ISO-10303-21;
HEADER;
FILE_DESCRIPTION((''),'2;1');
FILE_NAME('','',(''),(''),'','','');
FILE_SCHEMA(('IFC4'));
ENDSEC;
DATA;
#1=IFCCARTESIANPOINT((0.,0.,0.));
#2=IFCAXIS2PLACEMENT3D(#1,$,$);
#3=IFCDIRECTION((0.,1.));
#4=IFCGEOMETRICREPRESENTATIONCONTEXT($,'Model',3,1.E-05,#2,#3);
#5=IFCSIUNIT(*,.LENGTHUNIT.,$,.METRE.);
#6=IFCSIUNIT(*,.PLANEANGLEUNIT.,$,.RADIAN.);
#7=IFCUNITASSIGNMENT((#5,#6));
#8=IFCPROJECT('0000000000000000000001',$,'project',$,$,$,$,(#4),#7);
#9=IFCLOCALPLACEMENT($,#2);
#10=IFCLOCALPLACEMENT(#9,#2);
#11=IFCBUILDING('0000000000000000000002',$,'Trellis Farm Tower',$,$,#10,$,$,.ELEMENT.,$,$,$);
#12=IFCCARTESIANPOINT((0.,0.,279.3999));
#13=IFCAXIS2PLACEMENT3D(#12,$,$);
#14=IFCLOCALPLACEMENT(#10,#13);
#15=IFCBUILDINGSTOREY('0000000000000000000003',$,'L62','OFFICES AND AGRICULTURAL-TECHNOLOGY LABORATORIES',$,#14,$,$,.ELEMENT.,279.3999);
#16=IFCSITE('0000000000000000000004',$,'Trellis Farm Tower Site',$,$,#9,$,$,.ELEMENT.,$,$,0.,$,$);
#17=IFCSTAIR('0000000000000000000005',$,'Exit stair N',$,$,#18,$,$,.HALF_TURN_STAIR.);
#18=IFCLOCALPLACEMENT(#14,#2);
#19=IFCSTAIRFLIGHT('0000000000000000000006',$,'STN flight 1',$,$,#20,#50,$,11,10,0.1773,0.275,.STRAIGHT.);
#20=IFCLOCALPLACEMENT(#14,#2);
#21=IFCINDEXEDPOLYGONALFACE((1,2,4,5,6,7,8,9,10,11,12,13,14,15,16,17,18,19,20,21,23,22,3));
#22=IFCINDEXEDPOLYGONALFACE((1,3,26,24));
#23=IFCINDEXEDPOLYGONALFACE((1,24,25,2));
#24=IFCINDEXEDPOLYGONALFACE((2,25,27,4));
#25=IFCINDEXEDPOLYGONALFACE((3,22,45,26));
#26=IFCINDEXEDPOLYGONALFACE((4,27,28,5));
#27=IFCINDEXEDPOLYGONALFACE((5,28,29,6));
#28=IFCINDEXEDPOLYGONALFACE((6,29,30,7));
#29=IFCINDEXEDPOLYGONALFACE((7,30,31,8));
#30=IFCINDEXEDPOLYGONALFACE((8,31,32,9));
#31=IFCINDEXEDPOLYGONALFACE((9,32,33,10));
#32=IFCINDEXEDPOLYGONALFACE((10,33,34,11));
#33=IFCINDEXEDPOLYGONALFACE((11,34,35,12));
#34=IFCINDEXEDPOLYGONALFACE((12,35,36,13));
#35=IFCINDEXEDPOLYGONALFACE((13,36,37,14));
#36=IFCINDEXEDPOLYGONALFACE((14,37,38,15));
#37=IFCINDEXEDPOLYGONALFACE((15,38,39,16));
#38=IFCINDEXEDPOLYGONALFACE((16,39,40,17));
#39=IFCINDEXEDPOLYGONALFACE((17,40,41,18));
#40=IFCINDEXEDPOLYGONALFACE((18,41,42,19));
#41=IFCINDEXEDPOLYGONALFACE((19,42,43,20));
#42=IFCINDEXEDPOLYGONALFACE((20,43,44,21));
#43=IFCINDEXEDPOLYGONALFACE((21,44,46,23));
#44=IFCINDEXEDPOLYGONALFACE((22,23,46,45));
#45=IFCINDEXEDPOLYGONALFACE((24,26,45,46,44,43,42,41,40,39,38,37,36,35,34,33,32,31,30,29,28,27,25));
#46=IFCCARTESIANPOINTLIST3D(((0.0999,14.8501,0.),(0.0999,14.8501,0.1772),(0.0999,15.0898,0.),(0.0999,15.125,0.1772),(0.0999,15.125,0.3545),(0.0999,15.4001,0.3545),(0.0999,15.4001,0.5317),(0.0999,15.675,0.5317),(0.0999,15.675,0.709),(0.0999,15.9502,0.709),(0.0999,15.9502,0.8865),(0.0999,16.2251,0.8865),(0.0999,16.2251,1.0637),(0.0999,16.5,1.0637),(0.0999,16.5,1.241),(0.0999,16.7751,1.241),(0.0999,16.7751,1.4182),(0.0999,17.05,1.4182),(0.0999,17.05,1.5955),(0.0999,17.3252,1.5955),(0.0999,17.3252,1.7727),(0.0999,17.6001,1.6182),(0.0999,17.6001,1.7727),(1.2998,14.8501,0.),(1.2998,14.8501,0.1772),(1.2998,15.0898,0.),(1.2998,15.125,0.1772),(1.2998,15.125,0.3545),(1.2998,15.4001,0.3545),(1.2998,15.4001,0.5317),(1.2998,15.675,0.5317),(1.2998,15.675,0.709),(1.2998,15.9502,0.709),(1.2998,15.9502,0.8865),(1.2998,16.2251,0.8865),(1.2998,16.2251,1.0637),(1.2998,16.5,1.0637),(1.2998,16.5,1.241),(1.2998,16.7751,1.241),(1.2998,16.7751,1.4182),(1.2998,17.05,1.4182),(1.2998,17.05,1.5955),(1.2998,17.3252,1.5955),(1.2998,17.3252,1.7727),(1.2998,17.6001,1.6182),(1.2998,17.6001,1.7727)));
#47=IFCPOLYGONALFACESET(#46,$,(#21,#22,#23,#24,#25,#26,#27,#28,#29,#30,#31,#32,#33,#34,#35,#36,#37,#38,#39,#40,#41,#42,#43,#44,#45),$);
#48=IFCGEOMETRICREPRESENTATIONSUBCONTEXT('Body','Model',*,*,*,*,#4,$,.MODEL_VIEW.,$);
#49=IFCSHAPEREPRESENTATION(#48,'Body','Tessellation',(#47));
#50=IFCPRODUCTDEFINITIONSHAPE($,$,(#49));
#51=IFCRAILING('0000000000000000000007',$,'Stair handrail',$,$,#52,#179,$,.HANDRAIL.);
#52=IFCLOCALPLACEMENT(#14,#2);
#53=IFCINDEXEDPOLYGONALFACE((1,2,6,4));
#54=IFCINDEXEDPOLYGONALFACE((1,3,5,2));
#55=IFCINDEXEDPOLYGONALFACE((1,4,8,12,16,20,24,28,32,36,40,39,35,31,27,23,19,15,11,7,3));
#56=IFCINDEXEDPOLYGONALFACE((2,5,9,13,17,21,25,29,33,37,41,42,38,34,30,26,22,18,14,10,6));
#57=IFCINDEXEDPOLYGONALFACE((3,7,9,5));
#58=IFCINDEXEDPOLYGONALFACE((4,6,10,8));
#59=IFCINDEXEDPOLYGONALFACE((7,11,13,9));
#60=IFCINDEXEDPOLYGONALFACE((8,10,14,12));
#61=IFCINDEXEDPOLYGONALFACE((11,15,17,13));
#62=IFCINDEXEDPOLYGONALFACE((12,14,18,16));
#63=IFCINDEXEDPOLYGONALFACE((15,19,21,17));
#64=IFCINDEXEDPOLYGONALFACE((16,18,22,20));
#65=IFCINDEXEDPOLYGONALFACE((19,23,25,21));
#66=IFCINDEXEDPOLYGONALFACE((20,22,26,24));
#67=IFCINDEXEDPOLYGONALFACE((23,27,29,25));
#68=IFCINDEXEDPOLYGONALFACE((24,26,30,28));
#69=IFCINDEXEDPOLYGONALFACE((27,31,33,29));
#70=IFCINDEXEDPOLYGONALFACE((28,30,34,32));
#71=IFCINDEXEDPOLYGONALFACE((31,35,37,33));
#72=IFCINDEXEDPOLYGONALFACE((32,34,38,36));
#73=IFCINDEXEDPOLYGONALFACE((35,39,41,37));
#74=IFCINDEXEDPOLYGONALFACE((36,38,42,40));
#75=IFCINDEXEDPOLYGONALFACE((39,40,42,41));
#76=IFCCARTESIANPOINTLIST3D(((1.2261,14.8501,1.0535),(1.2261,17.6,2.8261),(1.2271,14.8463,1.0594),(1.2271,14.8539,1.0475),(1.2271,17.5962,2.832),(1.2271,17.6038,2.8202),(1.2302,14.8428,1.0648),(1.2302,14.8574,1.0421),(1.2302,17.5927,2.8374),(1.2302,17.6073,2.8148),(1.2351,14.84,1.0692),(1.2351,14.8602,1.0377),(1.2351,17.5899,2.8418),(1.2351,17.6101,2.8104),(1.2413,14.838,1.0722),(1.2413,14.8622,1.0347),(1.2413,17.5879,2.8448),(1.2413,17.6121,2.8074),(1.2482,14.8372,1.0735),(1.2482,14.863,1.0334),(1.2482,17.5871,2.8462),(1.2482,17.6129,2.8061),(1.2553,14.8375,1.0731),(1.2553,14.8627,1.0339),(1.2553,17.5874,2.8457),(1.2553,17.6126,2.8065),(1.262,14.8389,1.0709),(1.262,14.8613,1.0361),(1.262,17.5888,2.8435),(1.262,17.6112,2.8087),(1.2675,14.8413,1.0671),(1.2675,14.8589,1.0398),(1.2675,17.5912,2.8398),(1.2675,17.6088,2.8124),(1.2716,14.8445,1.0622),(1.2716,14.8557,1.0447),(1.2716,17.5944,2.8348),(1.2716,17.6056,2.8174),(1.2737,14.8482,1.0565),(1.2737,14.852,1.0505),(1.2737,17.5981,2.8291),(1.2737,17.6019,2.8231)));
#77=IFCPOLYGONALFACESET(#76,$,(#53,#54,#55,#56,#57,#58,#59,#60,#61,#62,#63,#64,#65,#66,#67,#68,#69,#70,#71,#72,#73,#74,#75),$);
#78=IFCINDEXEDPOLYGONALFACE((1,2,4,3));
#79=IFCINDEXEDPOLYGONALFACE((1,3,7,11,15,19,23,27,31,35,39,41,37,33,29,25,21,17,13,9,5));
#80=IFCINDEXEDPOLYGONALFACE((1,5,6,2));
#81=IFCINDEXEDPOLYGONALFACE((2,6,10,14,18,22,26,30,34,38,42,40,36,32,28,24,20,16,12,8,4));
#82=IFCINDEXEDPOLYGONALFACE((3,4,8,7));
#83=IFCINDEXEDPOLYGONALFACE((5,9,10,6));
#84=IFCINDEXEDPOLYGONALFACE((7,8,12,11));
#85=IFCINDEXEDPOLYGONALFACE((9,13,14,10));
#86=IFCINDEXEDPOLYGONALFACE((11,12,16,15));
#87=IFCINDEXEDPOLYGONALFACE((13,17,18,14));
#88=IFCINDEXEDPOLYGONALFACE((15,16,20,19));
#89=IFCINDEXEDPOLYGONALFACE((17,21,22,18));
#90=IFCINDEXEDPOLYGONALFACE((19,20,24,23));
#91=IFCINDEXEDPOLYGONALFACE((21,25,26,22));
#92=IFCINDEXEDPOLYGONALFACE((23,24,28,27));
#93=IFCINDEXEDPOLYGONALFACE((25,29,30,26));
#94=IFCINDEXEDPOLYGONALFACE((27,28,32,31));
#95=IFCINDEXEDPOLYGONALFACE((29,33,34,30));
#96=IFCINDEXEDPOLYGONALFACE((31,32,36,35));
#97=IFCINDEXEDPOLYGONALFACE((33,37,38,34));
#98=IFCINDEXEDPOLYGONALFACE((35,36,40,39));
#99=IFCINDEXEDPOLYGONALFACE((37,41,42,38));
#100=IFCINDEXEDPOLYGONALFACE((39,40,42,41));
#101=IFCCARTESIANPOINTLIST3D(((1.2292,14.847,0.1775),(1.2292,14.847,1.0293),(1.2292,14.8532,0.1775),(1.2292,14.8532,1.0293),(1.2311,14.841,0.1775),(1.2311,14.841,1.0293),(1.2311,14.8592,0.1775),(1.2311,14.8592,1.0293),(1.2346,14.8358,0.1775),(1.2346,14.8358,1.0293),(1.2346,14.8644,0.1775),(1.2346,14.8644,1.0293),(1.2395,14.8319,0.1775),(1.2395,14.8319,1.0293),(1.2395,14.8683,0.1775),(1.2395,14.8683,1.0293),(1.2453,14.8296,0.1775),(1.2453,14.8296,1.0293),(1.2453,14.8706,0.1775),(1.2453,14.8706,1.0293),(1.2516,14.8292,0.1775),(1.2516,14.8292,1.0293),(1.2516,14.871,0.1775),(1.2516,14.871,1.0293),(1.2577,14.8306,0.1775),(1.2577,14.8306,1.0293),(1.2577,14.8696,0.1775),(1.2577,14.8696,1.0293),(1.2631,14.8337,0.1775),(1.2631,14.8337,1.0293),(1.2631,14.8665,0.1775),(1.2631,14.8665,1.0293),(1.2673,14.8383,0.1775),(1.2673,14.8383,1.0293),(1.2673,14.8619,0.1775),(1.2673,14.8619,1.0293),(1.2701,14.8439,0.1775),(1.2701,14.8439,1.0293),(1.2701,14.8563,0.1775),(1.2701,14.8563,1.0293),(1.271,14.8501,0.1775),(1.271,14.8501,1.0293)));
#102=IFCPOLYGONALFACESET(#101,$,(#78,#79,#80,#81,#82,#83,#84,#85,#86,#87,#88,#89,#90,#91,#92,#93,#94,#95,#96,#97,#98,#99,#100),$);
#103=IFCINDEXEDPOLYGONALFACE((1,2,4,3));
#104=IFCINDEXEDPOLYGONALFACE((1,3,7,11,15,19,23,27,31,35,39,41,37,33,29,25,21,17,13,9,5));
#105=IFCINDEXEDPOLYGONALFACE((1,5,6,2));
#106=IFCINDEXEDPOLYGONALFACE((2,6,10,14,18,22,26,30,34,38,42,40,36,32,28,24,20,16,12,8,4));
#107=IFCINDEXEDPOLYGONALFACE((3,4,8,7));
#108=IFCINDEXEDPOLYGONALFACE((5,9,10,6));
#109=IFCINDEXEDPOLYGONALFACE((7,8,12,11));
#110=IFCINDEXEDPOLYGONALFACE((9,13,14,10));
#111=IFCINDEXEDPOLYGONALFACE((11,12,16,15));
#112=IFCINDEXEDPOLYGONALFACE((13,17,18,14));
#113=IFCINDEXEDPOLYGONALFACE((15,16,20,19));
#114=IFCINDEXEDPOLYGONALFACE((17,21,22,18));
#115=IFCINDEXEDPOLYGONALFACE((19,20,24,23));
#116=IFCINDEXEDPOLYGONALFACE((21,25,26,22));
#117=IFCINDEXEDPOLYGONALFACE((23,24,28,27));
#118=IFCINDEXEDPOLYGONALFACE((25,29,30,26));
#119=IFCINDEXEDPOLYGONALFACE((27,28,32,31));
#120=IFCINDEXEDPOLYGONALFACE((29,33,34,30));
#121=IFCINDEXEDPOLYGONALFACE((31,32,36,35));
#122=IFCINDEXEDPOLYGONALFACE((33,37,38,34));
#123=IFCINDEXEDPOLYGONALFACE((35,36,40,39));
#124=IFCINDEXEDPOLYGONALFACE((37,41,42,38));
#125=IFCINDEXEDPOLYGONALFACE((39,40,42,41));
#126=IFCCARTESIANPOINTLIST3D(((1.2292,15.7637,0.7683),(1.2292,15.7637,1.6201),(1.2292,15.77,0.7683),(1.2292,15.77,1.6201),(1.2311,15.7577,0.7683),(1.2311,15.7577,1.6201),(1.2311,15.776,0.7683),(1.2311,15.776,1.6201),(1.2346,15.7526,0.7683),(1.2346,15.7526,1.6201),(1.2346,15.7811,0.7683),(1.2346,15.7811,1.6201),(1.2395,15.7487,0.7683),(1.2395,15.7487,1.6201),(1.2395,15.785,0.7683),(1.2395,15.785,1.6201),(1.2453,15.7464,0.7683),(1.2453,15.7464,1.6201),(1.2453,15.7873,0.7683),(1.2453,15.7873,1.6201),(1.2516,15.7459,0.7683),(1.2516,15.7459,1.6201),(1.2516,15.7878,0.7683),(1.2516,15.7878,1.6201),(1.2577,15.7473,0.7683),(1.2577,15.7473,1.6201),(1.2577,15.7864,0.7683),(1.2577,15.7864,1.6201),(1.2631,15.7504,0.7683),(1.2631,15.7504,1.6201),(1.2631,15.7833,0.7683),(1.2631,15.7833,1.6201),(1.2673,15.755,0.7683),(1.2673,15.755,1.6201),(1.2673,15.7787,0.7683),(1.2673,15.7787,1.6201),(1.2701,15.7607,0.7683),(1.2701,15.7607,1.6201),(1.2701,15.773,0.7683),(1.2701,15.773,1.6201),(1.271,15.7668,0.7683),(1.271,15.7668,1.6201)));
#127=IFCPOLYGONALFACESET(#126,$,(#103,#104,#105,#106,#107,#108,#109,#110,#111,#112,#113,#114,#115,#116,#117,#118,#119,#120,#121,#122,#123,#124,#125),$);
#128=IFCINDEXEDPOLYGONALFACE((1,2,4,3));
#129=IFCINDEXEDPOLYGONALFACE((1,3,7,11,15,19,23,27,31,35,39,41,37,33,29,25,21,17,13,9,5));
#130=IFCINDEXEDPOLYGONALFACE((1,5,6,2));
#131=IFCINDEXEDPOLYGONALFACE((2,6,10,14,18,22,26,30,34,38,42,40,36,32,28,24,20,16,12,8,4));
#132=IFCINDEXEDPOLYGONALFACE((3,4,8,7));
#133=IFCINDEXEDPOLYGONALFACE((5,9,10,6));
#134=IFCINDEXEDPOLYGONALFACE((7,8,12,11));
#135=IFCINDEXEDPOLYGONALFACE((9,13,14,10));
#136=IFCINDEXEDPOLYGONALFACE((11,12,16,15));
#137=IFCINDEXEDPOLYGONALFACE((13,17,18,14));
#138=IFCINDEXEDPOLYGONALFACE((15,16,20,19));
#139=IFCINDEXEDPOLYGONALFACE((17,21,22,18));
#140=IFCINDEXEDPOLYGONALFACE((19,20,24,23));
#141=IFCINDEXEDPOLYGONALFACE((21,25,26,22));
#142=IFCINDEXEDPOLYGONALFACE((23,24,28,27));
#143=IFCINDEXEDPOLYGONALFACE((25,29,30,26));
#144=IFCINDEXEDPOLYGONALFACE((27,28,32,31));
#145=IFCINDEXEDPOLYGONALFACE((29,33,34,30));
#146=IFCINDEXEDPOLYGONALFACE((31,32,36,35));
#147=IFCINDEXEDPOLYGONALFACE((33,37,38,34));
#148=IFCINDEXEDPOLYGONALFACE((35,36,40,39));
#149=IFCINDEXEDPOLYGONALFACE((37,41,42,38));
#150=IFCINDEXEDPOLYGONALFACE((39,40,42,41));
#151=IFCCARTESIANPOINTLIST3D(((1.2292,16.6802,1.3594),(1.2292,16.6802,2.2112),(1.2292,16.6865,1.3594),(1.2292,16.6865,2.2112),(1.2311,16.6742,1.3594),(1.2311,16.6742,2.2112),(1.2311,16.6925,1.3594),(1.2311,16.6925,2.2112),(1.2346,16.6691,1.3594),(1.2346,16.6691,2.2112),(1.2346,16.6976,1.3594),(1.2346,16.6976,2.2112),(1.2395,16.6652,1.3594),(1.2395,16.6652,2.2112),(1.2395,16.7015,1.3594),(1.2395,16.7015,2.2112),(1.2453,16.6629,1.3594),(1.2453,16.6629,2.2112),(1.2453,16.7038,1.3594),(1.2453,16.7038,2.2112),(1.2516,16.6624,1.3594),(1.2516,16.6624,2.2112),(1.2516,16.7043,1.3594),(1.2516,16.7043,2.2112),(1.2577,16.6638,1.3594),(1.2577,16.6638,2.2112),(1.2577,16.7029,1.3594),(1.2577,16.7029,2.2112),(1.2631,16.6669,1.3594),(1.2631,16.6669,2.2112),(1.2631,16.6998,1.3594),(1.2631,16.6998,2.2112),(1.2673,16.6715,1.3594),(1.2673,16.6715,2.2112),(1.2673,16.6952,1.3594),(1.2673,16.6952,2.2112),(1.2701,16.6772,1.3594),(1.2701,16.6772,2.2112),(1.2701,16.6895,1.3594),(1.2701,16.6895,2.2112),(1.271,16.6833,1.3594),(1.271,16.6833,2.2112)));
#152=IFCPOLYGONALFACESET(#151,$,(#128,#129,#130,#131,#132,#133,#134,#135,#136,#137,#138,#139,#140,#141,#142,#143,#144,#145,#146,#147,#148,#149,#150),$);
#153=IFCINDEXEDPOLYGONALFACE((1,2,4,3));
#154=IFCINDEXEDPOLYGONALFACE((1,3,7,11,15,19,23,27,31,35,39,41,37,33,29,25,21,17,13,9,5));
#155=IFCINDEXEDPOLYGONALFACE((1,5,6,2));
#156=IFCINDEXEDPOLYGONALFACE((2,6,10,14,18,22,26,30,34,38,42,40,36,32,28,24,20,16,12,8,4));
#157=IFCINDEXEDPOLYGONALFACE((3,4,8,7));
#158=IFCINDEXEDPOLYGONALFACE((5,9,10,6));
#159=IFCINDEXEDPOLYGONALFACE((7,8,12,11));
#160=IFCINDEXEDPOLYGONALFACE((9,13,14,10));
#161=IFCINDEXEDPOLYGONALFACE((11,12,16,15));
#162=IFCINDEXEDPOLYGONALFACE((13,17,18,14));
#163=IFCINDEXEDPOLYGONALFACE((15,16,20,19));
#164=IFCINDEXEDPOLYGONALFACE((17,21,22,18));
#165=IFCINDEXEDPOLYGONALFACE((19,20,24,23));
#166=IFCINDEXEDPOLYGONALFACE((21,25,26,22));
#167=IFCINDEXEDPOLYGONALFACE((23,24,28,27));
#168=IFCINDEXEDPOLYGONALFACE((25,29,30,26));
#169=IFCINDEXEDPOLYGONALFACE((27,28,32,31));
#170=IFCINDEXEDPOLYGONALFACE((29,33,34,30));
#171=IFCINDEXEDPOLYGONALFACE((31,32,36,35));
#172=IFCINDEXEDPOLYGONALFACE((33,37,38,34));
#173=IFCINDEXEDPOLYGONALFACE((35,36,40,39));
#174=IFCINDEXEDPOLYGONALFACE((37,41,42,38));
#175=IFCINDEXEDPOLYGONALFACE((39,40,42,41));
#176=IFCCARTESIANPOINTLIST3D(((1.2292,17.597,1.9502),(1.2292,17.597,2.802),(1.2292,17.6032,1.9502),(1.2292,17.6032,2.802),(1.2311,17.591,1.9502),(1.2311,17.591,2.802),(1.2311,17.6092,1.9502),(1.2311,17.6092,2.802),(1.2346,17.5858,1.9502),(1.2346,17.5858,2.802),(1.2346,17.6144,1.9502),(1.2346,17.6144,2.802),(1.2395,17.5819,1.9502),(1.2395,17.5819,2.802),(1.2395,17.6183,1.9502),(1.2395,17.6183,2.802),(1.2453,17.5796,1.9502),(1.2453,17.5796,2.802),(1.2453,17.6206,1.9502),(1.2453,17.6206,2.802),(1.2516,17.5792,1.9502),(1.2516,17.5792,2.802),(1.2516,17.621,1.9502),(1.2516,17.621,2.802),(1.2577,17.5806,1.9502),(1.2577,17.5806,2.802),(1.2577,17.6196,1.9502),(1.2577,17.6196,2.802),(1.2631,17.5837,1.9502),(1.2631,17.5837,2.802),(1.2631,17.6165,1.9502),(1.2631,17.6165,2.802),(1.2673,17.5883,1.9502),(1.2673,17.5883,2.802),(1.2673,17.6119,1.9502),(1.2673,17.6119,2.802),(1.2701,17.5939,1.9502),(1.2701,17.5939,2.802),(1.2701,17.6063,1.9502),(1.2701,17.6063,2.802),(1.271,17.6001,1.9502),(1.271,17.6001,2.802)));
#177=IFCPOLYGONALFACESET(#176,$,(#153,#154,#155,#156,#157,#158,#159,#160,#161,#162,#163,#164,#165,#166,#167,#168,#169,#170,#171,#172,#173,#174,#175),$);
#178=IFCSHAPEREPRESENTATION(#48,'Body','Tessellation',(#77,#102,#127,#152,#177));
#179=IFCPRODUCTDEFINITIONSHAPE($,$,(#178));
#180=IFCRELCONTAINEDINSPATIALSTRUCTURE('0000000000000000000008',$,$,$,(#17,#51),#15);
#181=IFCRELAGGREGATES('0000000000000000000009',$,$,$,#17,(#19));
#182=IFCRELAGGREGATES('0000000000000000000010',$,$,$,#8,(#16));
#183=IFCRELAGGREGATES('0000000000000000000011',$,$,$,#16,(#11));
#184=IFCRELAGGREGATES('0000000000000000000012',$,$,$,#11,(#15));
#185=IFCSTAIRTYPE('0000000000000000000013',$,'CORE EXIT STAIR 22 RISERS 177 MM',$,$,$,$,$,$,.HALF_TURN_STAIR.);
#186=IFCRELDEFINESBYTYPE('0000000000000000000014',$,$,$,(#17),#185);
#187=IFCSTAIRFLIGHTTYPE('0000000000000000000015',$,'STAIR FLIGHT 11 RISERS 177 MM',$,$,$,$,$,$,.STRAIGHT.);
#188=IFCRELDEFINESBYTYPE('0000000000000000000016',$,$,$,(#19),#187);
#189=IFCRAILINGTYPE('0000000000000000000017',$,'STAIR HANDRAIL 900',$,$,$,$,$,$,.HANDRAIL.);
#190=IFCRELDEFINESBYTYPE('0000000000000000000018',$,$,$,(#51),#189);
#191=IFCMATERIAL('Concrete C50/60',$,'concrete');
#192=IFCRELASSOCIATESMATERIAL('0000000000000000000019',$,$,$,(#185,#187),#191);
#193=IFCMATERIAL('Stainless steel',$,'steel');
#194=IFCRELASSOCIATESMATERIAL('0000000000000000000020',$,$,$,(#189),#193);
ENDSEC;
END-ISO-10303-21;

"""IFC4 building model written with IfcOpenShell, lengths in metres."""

from ifc_helpers import new_model, si_unit, direction, frame, origin, origin_2d, place, context, subcontext, project, spatial, polyline, circle, outline, extrude, source, transform, mapped, material, type_object, element, aggregate, save


model = new_model("IFC4")

# Units and contexts
model_context = context("Model", 3, precision=1e-05, world=origin(), true_north=direction((0.0, 1.0)))
body_context = subcontext(model_context, "Body", "Model", "MODEL_VIEW")
ifc_project = project(units=[si_unit("LENGTHUNIT", "METRE"), si_unit("PLANEANGLEUNIT", "RADIAN")], contexts=[model_context])

# Site, building, storey
site_placement = place(None, origin())
site = spatial("IfcSite", under=ifc_project, at=site_placement, Name="Trellis Farm Tower Site", CompositionType="ELEMENT", RefElevation=0.0)
building_placement = place(site_placement, origin())
building = spatial("IfcBuilding", under=site, at=building_placement, Name="Trellis Farm Tower", CompositionType="ELEMENT")
storey_placement = place(building_placement, frame((0.0, 0.0, 279.3999)))
storey = spatial("IfcBuildingStorey", under=building, at=storey_placement, Name="L62", Description="OFFICES AND AGRICULTURAL-TECHNOLOGY LABORATORIES", CompositionType="ELEMENT", Elevation=279.3999)

# Shared definitions
placement_1 = place(storey_placement, origin())

# Shared definitions
ifc_material_1 = material(Name="Concrete C50/60", Category="concrete")

# Stair, stair flight
stair_type = type_object("IfcStairType", Name="CORE EXIT STAIR 22 RISERS 177 MM", PredefinedType="HALF_TURN_STAIR", material=ifc_material_1)
stair = element("IfcStair", 1, at=placement_1, inside=storey, type_object=stair_type, Name="Exit stair N", PredefinedType="HALF_TURN_STAIR")
stair_flight_type = type_object("IfcStairFlightType", Name="STAIR FLIGHT 11 RISERS 177 MM", PredefinedType="STRAIGHT", material=ifc_material_1)
shared_shape_1 = source(origin(), body_context, "Body", "SweptSolid", [
    extrude(outline(polyline([(0.0, 0.0), (0.0, 0.1772), (0.2749, 0.1772), (0.2749, 0.3545), (0.55, 0.3545), (0.55, 0.5317), (0.825, 0.5317), (0.825, 0.709), (1.1001, 0.709), (1.1001, 0.8865), (1.375, 0.8865), (1.375, 1.0637), (1.6499, 1.0637), (1.6499, 1.241), (1.925, 1.241), (1.925, 1.4182), (2.2, 1.4182), (2.2, 1.5955), (2.4751, 1.5955), (2.4751, 1.7727), (2.75, 1.7727), (2.75, 1.95), (2.75, 1.6182), (0.2397, 0.0), (0.0, 0.0)])), frame((0.0, 0.6001, 0.0), z_axis=(0.0, -1.0, 0.0), x_axis=(1.0, 0.0, 0.0)), (0.0, 0.0, 1.0), 1.2),
])
stair_flight_placement = place(storey_placement, frame((0.7, 14.8501, 0.0), z_axis=(0.0, 0.0, 1.0), x_axis=(0.0, 1.0, 0.0)))
stair_flight = element("IfcStairFlight", 2, at=stair_flight_placement, type_object=stair_flight_type, Name="STN flight 1", NumberOfRisers=11, NumberOfTreads=10, PredefinedType="STRAIGHT", RiserHeight=0.1773, TreadLength=0.275, context=body_context, shape_type="MappedRepresentation", body=[
    mapped(shared_shape_1, transform((0.0, 0.0, 0.0))),
])
aggregate(stair, [stair_flight])

# Railing
ifc_material_2 = material(Name="Stainless steel", Category="steel")
railing_type = type_object("IfcRailingType", Name="STAIR HANDRAIL 900", PredefinedType="HANDRAIL", material=ifc_material_2)
shared_shape_2 = source(origin(), body_context, "Body", "SweptSolid", [
    extrude(circle(Radius=0.0239, at=origin_2d()), frame((0.0, 0.0, 0.876), z_axis=(0.0, 0.840504, 0.541806), x_axis=(-1.0, 0.0, 0.0)), (0.0, 0.0, 1.0), 3.2717),
    extrude(circle(Radius=0.021, at=origin_2d()), origin(), (0.0, 0.0, 1.0), 0.8518),
    extrude(circle(Radius=0.021, at=origin_2d()), frame((0.0, 0.9167, 0.5908)), (0.0, 0.0, 1.0), 0.8518),
    extrude(circle(Radius=0.021, at=origin_2d()), frame((0.0, 1.8333, 1.1819)), (0.0, 0.0, 1.0), 0.8518),
    extrude(circle(Radius=0.021, at=origin_2d()), frame((0.0, 2.75, 1.7727)), (0.0, 0.0, 1.0), 0.8518),
])
railing_placement = place(storey_placement, frame((1.25, 14.8501, 0.1775)))
element("IfcRailing", 3, at=railing_placement, inside=storey, type_object=railing_type, Name="Stair handrail", PredefinedType="HANDRAIL", context=body_context, shape_type="MappedRepresentation", body=[
    mapped(shared_shape_2, transform((0.0, 0.0, 0.0))),
])

save(model, "model.ifc")
